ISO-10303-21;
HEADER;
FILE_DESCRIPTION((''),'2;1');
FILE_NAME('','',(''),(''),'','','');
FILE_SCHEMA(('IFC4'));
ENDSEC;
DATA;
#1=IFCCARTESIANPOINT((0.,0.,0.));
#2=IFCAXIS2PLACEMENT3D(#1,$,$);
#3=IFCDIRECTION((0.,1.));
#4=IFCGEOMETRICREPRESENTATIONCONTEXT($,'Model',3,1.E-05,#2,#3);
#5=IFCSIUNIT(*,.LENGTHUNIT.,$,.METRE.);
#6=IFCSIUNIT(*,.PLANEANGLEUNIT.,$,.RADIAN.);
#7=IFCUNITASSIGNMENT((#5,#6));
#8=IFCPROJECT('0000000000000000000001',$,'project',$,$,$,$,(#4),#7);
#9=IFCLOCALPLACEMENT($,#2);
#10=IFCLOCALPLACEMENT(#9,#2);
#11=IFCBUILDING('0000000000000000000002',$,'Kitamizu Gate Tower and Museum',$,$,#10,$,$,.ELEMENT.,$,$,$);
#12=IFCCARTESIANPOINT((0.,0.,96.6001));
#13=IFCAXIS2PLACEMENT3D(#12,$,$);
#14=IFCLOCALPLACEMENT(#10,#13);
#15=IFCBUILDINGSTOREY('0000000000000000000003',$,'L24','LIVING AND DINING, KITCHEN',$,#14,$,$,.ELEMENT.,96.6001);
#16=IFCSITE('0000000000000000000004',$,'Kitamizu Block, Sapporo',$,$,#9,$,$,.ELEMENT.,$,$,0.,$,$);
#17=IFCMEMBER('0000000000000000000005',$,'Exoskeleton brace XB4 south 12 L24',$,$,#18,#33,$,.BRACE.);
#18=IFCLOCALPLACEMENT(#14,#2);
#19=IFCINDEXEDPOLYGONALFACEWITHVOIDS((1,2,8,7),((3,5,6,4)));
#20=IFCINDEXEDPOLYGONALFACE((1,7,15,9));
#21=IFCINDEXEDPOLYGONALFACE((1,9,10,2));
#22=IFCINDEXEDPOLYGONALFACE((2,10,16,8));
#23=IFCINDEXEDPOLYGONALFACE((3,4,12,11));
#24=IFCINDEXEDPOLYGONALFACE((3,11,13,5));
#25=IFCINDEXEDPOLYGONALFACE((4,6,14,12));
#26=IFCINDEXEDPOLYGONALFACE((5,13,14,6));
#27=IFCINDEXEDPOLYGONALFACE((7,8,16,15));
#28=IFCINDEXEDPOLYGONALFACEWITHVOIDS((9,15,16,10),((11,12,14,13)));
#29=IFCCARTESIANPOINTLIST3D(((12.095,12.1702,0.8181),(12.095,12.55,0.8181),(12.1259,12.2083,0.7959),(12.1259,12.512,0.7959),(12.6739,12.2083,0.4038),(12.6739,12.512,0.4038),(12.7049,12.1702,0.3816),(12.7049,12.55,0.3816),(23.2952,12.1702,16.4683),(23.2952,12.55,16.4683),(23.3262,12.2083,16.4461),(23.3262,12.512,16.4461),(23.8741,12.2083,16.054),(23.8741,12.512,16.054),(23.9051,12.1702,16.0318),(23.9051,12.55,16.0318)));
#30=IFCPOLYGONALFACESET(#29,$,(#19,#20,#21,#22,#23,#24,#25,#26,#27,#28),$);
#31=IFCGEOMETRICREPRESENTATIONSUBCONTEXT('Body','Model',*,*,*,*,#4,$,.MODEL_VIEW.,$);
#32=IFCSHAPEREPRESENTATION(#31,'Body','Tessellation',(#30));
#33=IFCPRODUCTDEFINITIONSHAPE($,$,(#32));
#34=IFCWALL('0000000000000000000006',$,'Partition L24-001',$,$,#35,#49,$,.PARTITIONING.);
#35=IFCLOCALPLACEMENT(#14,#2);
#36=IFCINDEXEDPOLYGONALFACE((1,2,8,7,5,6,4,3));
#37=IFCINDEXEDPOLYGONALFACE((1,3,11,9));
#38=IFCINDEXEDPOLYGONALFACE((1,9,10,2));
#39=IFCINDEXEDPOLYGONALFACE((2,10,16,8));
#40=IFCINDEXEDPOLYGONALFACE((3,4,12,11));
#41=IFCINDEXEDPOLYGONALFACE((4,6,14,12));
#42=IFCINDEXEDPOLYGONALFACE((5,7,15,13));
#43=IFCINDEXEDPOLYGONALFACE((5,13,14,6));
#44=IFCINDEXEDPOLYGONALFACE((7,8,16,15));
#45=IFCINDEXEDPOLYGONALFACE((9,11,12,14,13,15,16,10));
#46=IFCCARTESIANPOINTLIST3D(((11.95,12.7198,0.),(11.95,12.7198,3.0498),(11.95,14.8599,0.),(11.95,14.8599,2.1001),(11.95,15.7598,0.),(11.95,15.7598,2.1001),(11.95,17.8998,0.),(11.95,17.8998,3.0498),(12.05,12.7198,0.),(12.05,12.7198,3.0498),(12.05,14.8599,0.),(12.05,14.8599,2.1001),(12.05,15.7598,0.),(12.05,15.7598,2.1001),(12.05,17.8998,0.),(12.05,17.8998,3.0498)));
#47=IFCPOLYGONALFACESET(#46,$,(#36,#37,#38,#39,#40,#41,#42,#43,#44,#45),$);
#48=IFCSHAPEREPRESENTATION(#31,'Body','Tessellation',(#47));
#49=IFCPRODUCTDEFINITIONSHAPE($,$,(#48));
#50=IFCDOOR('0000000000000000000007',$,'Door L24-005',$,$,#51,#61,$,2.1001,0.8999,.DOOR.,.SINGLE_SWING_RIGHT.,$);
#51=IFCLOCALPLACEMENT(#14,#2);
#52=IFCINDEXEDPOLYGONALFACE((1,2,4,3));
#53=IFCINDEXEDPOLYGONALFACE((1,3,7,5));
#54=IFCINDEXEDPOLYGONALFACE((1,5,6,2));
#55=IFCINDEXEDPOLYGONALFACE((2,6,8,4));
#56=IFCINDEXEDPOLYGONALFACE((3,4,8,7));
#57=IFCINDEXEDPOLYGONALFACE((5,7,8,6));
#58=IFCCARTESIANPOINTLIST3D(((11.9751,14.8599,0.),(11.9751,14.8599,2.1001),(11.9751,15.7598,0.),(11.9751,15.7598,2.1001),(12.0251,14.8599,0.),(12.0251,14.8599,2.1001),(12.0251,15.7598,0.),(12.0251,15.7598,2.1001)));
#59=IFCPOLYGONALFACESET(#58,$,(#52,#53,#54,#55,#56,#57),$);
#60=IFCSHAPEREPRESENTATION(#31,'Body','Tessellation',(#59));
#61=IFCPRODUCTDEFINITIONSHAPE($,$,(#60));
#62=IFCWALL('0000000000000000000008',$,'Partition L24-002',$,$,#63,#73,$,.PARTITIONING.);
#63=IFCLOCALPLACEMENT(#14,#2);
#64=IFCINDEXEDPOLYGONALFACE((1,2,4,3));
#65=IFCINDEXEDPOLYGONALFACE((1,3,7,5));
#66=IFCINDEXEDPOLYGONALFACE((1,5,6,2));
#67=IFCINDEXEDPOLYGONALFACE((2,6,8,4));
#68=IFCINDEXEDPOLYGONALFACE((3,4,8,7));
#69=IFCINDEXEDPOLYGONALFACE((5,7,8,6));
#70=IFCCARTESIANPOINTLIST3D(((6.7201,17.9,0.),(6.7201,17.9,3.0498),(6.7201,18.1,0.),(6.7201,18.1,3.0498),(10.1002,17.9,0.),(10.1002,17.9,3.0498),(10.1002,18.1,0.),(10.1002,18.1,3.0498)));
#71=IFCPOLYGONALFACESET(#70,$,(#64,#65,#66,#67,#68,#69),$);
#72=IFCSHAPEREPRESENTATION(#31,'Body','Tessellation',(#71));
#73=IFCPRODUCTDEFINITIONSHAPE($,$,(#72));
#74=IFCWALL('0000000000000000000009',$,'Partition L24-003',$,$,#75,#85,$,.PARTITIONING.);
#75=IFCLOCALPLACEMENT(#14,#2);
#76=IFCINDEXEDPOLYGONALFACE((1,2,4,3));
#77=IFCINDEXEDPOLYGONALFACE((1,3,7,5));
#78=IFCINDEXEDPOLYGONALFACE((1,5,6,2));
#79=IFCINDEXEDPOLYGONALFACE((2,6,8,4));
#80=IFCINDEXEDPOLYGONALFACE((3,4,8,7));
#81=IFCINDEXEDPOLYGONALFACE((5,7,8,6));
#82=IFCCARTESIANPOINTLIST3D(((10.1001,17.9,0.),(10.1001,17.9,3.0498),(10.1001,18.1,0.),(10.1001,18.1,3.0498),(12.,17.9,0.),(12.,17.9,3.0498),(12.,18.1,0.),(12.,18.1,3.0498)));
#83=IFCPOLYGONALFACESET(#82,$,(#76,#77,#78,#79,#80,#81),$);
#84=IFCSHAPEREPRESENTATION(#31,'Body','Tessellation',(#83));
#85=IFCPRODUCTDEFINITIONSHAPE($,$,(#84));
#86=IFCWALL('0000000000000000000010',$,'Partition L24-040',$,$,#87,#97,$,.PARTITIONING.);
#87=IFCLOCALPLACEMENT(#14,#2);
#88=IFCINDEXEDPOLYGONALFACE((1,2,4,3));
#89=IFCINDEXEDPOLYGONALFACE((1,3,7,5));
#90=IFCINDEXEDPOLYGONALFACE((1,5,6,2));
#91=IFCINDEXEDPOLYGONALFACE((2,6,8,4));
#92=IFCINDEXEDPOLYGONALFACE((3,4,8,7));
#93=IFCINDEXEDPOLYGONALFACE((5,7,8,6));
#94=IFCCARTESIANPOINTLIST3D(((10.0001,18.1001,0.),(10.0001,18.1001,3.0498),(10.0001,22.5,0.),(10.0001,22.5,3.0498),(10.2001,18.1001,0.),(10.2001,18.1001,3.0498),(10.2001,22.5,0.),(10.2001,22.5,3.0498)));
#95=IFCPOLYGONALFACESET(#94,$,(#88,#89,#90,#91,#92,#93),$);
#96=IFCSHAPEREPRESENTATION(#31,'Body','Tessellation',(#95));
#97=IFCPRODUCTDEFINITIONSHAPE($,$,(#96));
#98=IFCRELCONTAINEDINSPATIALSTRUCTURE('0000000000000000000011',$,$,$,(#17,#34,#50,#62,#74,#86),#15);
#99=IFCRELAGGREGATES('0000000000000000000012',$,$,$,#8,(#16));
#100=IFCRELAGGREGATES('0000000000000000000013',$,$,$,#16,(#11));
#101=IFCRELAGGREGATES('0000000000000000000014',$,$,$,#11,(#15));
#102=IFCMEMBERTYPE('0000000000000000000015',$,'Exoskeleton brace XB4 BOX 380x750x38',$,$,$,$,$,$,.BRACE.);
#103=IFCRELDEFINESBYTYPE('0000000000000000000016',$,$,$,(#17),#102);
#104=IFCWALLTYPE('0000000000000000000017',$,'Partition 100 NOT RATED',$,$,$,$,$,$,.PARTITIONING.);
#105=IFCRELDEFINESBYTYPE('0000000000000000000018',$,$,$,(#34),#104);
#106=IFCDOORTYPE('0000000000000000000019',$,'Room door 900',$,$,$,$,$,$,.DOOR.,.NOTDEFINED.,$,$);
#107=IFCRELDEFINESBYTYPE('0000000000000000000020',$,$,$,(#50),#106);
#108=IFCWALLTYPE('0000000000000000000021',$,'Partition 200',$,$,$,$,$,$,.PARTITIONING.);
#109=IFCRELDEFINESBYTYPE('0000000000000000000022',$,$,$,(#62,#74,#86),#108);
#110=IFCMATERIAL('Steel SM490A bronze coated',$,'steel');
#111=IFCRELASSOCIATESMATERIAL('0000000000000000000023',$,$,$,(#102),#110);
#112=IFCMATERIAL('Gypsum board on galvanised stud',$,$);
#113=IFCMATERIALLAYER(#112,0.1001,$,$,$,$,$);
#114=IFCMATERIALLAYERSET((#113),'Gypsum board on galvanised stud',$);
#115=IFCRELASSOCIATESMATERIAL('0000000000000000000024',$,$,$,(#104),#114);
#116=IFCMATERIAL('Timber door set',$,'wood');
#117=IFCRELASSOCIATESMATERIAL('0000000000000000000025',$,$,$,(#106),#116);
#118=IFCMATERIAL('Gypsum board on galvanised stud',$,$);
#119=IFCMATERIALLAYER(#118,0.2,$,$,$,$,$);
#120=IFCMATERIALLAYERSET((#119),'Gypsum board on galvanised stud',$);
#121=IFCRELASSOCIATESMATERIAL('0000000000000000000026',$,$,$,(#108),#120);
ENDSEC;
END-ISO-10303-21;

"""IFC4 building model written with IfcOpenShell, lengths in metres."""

from ifc_helpers import new_model, si_unit, direction, frame, frame_2d, origin, origin_2d, place, context, subcontext, project, spatial, rectangle, hollow_rectangle, extrude, material, layer, layer_set, material_profile, profile_set, type_object, element, fill, save


model = new_model("IFC4")

# Units and contexts
model_context = context("Model", 3, precision=1e-05, world=origin(), true_north=direction((0.0, 1.0)))
body_context = subcontext(model_context, "Body", "Model", "MODEL_VIEW")
ifc_project = project(units=[si_unit("LENGTHUNIT", "METRE"), si_unit("PLANEANGLEUNIT", "RADIAN")], contexts=[model_context])

# Site, building, storey
site_placement = place(None, origin())
site = spatial("IfcSite", under=ifc_project, at=site_placement, Name="Kitamizu Block, Sapporo", CompositionType="ELEMENT", RefElevation=0.0)
building_placement = place(site_placement, origin())
building = spatial("IfcBuilding", under=site, at=building_placement, Name="Kitamizu Gate Tower and Museum", CompositionType="ELEMENT")
storey_placement = place(building_placement, frame((0.0, 0.0, 96.6001)))
storey = spatial("IfcBuildingStorey", under=building, at=storey_placement, Name="L24", Description="LIVING AND DINING, KITCHEN", CompositionType="ELEMENT", Elevation=96.6001)

# Member
ifc_material_1 = material(Name="Steel SM490A bronze coated", Category="steel")
ifc_material_profile = material_profile(ifc_material_1, hollow_rectangle(XDim=0.3799, YDim=0.75, WallThickness=0.0381, at=origin_2d()), Name="BOX 380x750x38")
ifc_profile_set = profile_set([ifc_material_profile], Name="Steel SM490A bronze coated")
member_type = type_object("IfcMemberType", Name="Exoskeleton brace XB4 BOX 380x750x38", PredefinedType="BRACE", material=ifc_profile_set)
member_placement = place(storey_placement, frame((12.3999, 12.3601, 0.5999), z_axis=(0.581978, 0.0, 0.813204), x_axis=(0.0, 1.0, 0.0)))
element("IfcMember", 1, at=member_placement, inside=storey, type_object=member_type, Name="Exoskeleton brace XB4 south 12 L24", PredefinedType="BRACE", context=body_context, shape_type="SweptSolid", body=[
    extrude(hollow_rectangle(XDim=0.3799, YDim=0.75, WallThickness=0.0381, at=origin_2d()), origin(), (0.0, 0.0, 1.0), 19.2451),
])

# Wall, opening, door
ifc_material_2 = material(Name="Gypsum board on galvanised stud")
ifc_layer_1 = layer(ifc_material_2, 0.1001)
ifc_layer_set_1 = layer_set([ifc_layer_1], Name="Gypsum board on galvanised stud")
wall_type_1 = type_object("IfcWallType", Name="Partition 100 NOT RATED", PredefinedType="PARTITIONING", material=ifc_layer_set_1)
wall_1_placement = place(storey_placement, frame((12.0, 12.72, 0.0), z_axis=(0.0, 0.0, 1.0), x_axis=(0.0, 1.0, 0.0)))
wall_1 = element("IfcWall", 2, at=wall_1_placement, inside=storey, type_object=wall_type_1, Name="Partition L24-001", PredefinedType="PARTITIONING", context=body_context, shape_type="SweptSolid", body=[
    extrude(rectangle(XDim=5.1799, YDim=0.1001, at=frame_2d((2.5898, 0.0))), origin(), (0.0, 0.0, 1.0), 3.0498),
])
opening_placement = place(wall_1_placement, frame((2.1399, 0.0, 0.0)))
opening = element("IfcOpeningElement", 3, at=opening_placement, cuts=wall_1, PredefinedType="OPENING", context=body_context, shape_type="SweptSolid", body=[
    extrude(rectangle(XDim=0.8999, YDim=2.1001, at=frame_2d((0.45, 1.05))), frame((0.0, 0.0601, 0.0), z_axis=(0.0, -1.0, 0.0), x_axis=(1.0, 0.0, 0.0)), (0.0, 0.0, 1.0), 0.1201),
])
ifc_material_3 = material(Name="Timber door set", Category="wood")
door_type = type_object("IfcDoorType", Name="Room door 900", OperationType="NOTDEFINED", PredefinedType="DOOR", material=ifc_material_3)
door_placement = place(opening_placement, origin())
door = element("IfcDoor", 4, at=door_placement, inside=storey, type_object=door_type, Name="Door L24-005", OperationType="SINGLE_SWING_RIGHT", OverallHeight=2.1001, OverallWidth=0.8999, PredefinedType="DOOR", context=body_context, shape_type="SweptSolid", body=[
    extrude(rectangle(XDim=0.8999, YDim=2.1001, at=frame_2d((0.45, 1.05))), frame((0.0, 0.0249, 0.0), z_axis=(0.0, -1.0, 0.0), x_axis=(1.0, 0.0, 0.0)), (0.0, 0.0, 1.0), 0.05),
])
fill(opening, door)

# Walls
ifc_material_4 = material(Name="Gypsum board on galvanised stud")
ifc_layer_2 = layer(ifc_material_4, 0.2)
ifc_layer_set_2 = layer_set([ifc_layer_2], Name="Gypsum board on galvanised stud")
wall_type_2 = type_object("IfcWallType", Name="Partition 200", PredefinedType="PARTITIONING", material=ifc_layer_set_2)
wall_2_placement = place(storey_placement, frame((10.1001, 18.0, 0.0), z_axis=(0.0, 0.0, 1.0), x_axis=(-1.0, 0.0, 0.0)))
element("IfcWall", 5, at=wall_2_placement, inside=storey, type_object=wall_type_2, Name="Partition L24-002", PredefinedType="PARTITIONING", context=body_context, shape_type="SweptSolid", body=[
    extrude(rectangle(XDim=3.3801, YDim=0.2, at=frame_2d((1.6899, 0.0))), origin(), (0.0, 0.0, 1.0), 3.0498),
])
wall_3_placement = place(storey_placement, frame((12.0, 18.0, 0.0), z_axis=(0.0, 0.0, 1.0), x_axis=(-1.0, 0.0, 0.0)))
element("IfcWall", 6, at=wall_3_placement, inside=storey, type_object=wall_type_2, Name="Partition L24-003", PredefinedType="PARTITIONING", context=body_context, shape_type="SweptSolid", body=[
    extrude(rectangle(XDim=1.8999, YDim=0.2, at=frame_2d((0.95, 0.0))), origin(), (0.0, 0.0, 1.0), 3.0498),
])
wall_4_placement = place(storey_placement, frame((10.1001, 18.1001, 0.0), z_axis=(0.0, 0.0, 1.0), x_axis=(0.0, 1.0, 0.0)))
element("IfcWall", 7, at=wall_4_placement, inside=storey, type_object=wall_type_2, Name="Partition L24-040", PredefinedType="PARTITIONING", context=body_context, shape_type="SweptSolid", body=[
    extrude(rectangle(XDim=4.3999, YDim=0.2, at=frame_2d((2.2, 0.0))), origin(), (0.0, 0.0, 1.0), 3.0498),
])

save(model, "model.ifc")
